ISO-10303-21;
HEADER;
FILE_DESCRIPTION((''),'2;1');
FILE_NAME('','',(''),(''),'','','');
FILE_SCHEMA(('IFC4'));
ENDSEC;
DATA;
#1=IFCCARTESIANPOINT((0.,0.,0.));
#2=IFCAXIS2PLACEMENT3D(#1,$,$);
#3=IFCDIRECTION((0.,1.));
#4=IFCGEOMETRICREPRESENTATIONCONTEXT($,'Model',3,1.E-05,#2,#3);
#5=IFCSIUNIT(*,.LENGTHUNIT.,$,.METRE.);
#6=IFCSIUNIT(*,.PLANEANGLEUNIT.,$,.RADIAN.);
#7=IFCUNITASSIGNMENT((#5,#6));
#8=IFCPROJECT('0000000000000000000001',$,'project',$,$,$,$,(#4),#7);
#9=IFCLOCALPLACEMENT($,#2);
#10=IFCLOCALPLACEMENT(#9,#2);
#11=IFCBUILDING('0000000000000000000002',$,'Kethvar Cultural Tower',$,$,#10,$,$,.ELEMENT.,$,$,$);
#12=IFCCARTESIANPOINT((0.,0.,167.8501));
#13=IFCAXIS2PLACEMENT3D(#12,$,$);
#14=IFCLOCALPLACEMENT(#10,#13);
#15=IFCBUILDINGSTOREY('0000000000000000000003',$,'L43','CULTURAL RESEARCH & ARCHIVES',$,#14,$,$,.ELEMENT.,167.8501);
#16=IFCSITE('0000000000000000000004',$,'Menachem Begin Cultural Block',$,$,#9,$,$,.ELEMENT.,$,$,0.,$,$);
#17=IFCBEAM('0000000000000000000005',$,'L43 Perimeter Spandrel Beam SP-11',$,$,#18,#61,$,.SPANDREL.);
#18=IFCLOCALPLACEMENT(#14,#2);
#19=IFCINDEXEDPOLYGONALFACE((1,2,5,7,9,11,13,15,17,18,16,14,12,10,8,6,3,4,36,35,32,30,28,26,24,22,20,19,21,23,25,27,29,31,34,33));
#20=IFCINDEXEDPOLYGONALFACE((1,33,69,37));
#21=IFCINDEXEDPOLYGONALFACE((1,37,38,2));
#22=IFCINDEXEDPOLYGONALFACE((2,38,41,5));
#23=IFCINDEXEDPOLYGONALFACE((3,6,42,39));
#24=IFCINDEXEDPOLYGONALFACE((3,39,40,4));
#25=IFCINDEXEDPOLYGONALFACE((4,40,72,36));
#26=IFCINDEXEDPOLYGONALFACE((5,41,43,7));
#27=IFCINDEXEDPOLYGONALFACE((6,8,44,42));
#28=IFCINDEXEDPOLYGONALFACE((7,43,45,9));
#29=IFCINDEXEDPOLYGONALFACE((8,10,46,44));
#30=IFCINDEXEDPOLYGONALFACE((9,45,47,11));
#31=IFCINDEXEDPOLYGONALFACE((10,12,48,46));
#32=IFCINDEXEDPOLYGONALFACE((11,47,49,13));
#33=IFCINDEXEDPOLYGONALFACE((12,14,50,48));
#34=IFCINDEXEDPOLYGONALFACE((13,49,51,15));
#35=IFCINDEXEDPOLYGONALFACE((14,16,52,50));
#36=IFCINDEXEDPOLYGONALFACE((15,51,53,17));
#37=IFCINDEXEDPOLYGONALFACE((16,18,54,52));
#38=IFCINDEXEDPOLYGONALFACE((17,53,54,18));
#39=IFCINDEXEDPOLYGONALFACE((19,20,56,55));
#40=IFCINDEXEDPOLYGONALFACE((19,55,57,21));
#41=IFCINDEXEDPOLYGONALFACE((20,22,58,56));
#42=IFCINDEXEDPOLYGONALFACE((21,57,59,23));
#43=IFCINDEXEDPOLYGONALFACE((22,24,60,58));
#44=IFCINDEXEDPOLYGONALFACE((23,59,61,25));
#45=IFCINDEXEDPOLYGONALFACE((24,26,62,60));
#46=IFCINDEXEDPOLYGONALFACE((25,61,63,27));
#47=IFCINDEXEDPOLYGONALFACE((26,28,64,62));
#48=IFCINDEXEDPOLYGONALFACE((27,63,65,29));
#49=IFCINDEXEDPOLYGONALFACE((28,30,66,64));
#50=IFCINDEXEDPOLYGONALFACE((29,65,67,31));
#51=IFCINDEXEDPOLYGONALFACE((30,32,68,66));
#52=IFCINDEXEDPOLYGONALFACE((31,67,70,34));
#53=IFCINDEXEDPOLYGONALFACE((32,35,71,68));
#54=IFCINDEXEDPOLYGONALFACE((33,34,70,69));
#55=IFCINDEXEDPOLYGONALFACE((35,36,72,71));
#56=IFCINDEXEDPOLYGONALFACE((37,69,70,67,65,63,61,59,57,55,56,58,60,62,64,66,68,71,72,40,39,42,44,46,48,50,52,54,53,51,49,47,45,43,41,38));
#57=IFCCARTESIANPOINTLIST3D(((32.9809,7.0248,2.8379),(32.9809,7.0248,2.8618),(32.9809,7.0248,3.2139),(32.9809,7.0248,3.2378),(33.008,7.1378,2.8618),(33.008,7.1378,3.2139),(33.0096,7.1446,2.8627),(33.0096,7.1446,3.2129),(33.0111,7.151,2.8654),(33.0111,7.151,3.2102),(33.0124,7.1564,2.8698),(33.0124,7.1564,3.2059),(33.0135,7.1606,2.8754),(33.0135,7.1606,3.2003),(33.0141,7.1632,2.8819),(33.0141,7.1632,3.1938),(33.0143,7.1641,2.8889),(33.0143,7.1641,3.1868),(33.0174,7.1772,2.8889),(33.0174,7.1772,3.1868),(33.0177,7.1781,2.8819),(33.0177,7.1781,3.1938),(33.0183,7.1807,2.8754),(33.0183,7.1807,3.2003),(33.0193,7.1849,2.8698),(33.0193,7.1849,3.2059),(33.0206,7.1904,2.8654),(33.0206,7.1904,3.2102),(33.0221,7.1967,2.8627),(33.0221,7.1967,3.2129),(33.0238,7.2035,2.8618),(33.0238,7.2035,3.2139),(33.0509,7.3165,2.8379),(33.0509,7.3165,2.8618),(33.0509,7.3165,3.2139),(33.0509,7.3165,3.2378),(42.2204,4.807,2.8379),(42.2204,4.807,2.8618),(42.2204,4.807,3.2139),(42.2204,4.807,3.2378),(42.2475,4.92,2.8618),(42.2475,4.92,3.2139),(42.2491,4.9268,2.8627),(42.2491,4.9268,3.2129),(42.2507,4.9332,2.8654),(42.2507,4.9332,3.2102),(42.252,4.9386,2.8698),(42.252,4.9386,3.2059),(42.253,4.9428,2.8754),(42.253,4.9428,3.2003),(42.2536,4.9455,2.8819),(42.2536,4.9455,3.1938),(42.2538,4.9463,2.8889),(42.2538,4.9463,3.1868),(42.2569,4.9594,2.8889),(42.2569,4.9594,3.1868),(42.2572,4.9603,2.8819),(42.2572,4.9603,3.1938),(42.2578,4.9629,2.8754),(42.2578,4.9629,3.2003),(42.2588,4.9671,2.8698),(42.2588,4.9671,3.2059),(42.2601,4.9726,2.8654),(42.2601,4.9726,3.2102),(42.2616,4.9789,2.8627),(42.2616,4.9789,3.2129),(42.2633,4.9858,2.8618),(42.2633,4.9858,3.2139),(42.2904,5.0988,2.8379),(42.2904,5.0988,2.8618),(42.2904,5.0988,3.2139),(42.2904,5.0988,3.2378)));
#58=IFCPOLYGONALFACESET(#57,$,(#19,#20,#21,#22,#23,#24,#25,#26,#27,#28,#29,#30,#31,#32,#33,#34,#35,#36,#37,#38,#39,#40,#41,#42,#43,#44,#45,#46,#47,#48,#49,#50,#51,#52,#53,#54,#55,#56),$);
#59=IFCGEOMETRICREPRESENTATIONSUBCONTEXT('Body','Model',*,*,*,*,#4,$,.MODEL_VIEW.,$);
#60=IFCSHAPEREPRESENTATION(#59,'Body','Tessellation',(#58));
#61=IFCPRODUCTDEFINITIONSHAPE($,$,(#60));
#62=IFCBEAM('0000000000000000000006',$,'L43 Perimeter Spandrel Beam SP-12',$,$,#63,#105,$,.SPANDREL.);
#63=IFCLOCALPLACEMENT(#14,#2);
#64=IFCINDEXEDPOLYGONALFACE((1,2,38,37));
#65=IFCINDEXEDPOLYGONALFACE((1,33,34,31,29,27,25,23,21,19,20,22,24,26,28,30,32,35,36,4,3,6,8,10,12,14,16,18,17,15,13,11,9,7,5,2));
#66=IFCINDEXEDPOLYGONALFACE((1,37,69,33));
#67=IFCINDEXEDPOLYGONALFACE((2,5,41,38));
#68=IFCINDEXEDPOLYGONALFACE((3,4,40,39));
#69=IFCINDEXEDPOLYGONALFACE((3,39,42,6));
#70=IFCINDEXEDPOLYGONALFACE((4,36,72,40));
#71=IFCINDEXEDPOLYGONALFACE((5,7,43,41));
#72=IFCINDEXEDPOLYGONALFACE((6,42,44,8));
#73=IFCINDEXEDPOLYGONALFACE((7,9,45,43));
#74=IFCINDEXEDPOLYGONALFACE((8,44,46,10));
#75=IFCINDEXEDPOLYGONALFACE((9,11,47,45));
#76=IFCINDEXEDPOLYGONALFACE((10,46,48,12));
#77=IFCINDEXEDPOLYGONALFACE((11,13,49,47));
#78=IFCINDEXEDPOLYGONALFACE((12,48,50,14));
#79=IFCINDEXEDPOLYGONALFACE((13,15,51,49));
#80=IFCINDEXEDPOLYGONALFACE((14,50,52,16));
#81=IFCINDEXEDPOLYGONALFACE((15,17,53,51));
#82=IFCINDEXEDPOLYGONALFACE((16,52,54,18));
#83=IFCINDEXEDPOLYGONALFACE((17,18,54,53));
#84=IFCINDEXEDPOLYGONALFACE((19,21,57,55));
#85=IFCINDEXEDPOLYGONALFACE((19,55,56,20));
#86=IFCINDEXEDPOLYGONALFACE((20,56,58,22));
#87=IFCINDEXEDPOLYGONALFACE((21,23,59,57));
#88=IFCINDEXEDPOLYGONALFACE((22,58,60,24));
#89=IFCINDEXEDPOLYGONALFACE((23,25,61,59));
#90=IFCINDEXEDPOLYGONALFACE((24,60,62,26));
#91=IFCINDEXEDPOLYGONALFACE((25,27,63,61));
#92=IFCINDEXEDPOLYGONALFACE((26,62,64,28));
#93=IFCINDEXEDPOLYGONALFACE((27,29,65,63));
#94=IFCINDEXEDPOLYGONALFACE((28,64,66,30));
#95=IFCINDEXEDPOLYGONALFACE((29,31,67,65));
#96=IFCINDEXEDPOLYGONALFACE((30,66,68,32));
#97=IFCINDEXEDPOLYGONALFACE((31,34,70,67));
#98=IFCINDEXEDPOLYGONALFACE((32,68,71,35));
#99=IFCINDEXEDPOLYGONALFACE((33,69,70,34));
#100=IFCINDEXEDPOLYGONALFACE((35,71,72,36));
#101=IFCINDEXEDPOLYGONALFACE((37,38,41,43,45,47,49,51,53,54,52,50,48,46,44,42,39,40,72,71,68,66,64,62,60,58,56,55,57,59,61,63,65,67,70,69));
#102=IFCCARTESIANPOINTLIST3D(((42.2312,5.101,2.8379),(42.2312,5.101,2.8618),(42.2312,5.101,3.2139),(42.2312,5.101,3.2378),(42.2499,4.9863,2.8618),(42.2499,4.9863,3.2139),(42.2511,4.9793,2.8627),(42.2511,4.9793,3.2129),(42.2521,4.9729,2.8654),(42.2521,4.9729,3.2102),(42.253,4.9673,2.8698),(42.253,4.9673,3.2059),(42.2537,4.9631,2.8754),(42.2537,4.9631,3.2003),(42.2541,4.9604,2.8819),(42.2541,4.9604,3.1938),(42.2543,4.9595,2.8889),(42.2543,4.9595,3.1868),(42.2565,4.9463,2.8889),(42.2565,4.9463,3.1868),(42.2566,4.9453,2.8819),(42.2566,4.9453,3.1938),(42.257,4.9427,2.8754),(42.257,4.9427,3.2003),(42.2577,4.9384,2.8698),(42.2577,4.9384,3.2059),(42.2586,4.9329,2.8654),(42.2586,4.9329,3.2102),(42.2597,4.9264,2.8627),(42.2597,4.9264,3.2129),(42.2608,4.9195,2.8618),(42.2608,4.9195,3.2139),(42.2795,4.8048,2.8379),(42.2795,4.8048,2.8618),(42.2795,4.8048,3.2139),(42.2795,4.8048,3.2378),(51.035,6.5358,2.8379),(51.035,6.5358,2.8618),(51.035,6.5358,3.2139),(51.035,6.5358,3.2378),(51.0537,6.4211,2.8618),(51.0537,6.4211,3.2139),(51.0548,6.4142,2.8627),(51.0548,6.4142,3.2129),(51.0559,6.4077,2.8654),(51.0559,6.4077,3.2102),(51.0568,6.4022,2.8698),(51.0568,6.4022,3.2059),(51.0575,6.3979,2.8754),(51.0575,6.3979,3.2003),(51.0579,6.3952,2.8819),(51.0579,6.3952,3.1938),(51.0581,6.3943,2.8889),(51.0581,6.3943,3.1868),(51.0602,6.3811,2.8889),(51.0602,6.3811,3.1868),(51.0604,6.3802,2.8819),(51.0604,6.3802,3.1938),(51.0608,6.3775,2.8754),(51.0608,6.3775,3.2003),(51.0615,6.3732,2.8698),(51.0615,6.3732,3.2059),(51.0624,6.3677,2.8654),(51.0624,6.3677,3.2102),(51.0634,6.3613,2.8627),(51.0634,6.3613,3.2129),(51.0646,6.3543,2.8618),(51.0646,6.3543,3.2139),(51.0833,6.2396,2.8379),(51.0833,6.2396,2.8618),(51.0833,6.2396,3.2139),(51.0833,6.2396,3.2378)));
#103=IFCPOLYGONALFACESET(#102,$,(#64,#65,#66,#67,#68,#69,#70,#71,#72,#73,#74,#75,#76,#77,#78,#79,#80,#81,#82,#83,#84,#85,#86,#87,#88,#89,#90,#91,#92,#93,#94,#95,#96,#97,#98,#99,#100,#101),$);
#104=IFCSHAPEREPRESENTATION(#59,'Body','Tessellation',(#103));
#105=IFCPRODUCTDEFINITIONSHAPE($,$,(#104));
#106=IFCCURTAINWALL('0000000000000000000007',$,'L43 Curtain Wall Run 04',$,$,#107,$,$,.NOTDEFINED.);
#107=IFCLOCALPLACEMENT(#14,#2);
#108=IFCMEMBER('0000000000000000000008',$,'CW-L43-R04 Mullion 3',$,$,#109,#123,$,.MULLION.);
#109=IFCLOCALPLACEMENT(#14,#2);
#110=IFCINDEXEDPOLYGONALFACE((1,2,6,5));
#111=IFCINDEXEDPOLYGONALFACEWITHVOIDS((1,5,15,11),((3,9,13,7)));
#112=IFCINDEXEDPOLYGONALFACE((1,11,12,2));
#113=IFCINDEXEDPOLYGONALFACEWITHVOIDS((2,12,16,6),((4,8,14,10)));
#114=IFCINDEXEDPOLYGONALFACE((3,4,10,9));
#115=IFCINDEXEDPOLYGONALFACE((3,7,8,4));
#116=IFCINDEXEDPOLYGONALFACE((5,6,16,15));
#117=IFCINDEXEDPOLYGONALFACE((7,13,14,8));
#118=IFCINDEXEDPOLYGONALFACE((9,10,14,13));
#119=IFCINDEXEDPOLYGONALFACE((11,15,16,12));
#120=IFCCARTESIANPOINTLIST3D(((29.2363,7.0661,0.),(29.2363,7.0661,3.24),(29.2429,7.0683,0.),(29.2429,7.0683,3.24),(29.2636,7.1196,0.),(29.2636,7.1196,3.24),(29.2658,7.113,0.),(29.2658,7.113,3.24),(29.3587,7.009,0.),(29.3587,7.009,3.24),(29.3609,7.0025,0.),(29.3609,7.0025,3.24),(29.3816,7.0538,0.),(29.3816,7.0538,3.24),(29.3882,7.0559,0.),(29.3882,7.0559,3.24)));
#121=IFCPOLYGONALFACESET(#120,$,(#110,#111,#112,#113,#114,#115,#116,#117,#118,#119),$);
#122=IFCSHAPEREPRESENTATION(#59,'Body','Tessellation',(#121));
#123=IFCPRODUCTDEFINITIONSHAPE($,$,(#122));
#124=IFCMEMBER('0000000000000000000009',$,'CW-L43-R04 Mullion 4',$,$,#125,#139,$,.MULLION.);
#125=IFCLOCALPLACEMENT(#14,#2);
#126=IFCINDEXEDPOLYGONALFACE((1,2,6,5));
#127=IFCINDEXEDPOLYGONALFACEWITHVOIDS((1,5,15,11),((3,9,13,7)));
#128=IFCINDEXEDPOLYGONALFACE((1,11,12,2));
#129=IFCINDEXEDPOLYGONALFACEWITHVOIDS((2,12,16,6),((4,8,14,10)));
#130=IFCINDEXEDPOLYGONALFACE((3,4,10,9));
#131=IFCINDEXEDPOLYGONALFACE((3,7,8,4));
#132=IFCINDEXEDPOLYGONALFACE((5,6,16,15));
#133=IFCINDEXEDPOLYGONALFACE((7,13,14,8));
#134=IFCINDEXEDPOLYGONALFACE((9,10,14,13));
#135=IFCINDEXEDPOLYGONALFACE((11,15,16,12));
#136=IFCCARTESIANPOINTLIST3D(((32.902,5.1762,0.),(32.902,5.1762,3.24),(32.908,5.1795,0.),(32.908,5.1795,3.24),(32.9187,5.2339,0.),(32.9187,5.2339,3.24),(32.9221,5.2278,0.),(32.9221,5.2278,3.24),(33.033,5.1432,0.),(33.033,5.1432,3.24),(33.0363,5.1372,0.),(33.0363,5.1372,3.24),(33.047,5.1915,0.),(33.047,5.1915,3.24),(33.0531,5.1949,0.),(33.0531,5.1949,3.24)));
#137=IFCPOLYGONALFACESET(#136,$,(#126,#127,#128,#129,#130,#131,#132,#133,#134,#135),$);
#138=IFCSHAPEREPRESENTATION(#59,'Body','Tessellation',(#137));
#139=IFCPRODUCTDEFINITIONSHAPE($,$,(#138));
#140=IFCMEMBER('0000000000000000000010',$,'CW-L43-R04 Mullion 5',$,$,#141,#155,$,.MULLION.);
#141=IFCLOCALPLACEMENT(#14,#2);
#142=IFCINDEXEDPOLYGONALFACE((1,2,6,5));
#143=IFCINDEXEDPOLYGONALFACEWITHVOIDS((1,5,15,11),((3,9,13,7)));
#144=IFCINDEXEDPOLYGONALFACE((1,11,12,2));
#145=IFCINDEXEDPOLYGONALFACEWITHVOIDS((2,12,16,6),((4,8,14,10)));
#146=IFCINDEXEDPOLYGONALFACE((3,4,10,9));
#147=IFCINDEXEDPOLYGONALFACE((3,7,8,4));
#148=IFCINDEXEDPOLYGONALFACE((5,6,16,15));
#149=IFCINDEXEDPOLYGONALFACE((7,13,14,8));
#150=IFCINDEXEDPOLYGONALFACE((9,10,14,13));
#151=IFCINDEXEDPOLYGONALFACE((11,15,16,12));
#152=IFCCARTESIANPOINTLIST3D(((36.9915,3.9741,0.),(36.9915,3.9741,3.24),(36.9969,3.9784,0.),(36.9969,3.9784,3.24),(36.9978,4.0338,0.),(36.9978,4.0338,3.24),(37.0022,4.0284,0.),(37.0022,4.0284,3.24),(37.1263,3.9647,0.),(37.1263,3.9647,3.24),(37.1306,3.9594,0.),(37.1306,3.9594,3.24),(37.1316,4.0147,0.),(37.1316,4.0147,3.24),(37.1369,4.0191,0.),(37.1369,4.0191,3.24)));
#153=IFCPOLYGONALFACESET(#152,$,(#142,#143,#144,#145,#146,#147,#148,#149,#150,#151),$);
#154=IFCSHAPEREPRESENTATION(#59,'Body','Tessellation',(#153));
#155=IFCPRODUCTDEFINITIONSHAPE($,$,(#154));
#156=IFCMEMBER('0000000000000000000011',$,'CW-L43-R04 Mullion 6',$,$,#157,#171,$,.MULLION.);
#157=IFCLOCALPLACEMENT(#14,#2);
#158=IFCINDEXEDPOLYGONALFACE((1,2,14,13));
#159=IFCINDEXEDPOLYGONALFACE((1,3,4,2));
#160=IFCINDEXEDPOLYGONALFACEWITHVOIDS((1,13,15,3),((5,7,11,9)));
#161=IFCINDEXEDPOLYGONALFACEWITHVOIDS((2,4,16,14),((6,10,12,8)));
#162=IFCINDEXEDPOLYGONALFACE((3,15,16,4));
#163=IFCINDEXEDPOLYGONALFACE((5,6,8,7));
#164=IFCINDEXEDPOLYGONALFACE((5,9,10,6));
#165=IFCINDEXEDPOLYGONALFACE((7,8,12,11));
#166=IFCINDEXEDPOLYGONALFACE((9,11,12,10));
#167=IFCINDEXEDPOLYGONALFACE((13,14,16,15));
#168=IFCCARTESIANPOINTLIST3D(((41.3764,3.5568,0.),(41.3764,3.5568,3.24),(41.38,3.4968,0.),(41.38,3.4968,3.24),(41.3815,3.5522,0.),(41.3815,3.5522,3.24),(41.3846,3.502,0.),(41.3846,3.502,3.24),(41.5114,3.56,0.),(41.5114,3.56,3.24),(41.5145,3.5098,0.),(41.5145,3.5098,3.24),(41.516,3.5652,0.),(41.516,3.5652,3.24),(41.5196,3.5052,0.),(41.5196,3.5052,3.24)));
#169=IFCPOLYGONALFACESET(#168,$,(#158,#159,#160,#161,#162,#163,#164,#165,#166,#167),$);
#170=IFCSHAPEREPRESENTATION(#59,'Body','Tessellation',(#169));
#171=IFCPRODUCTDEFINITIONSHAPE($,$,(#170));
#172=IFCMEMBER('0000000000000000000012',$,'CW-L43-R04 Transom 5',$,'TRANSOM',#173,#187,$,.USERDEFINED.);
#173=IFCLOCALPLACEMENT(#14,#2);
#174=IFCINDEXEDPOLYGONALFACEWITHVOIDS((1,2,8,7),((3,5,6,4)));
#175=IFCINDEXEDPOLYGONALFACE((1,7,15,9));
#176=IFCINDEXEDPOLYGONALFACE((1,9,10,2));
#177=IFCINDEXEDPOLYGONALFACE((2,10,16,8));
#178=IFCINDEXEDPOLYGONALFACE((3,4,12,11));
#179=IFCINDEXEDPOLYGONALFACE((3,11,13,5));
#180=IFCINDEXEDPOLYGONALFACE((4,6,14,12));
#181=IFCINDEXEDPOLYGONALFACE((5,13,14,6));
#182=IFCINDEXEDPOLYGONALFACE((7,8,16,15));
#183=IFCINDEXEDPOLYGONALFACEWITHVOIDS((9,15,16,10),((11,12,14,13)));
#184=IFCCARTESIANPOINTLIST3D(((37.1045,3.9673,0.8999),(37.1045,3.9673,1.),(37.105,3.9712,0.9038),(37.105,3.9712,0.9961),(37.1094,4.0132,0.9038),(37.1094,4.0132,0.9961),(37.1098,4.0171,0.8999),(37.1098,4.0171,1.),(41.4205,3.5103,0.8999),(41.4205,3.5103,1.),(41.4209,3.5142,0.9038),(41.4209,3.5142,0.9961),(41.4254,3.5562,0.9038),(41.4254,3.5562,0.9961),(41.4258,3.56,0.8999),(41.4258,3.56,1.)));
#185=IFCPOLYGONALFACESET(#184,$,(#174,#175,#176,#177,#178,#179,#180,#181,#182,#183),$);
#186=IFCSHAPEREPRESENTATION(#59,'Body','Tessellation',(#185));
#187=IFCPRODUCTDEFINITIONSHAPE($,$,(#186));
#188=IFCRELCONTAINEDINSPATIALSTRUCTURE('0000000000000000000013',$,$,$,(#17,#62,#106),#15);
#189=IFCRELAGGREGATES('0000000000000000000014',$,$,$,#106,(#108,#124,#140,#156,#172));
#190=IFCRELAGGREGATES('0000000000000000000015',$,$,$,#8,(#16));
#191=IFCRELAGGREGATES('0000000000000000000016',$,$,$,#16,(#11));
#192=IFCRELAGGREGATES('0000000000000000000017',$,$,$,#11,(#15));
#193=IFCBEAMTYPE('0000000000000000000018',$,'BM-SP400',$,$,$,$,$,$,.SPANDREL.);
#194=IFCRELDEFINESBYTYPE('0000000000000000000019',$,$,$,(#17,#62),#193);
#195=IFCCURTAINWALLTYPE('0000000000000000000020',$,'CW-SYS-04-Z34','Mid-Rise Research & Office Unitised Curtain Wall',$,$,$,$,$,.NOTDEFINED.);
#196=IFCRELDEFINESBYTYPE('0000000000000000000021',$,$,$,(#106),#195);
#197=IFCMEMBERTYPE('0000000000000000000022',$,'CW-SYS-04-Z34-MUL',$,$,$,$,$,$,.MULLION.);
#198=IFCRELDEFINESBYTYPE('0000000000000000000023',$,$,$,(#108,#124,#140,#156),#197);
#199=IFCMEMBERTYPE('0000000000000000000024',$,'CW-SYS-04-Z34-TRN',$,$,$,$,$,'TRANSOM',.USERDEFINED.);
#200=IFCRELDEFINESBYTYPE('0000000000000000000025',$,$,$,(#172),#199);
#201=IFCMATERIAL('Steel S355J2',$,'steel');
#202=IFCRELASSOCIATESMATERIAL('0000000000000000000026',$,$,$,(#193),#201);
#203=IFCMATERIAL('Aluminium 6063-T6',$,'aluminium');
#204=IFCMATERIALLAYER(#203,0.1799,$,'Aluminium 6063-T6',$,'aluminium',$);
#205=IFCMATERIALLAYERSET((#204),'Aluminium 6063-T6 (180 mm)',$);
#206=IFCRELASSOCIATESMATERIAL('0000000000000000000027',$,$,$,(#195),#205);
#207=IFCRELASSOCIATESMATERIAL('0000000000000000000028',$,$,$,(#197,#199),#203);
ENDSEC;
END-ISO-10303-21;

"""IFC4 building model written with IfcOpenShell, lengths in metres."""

from ifc_helpers import new_model, si_unit, direction, frame, origin, origin_2d, place, context, subcontext, project, spatial, hollow_rectangle, i_section, extrude, source, transform, mapped, material, layer, layer_set, material_profile, profile_set, type_object, element, aggregate, save


model = new_model("IFC4")

# Units and contexts
model_context = context("Model", 3, precision=1e-05, world=origin(), true_north=direction((0.0, 1.0)))
body_context = subcontext(model_context, "Body", "Model", "MODEL_VIEW")
ifc_project = project(units=[si_unit("LENGTHUNIT", "METRE"), si_unit("PLANEANGLEUNIT", "RADIAN")], contexts=[model_context])

# Site, building, storey
site_placement = place(None, origin())
site = spatial("IfcSite", under=ifc_project, at=site_placement, Name="Menachem Begin Cultural Block", CompositionType="ELEMENT", RefElevation=0.0)
building_placement = place(site_placement, origin())
building = spatial("IfcBuilding", under=site, at=building_placement, Name="Kethvar Cultural Tower", CompositionType="ELEMENT")
storey_placement = place(building_placement, frame((0.0, 0.0, 167.8501)))
storey = spatial("IfcBuildingStorey", under=building, at=storey_placement, Name="L43", Description="CULTURAL RESEARCH & ARCHIVES", CompositionType="ELEMENT", Elevation=167.8501)

# Beams
ifc_material_1 = material(Name="Steel S355J2", Category="steel")
ifc_material_profile_1 = material_profile(ifc_material_1, i_section(OverallWidth=0.3, OverallDepth=0.3999, WebThickness=0.0134, FlangeThickness=0.0239, FilletRadius=0.0271, at=origin_2d()), Name="Steel S355J2 — HEB400")
ifc_profile_set_1 = profile_set([ifc_material_profile_1], Name="Steel S355J2 — HEB400")
beam_type_1 = type_object("IfcBeamType", Name="BM-SP400", PredefinedType="SPANDREL", material=ifc_profile_set_1)
shared_shape_1 = source(origin(), body_context, "Body", "SweptSolid", [
    extrude(i_section(OverallWidth=0.3, OverallDepth=0.3999, WebThickness=0.0134, FlangeThickness=0.0239, FilletRadius=0.0271, at=origin_2d()), origin(), (0.0, 0.0, 1.0), 9.502),
])
beam_1_placement = place(storey_placement, frame((33.0159, 7.1707, 3.0378), z_axis=(0.97238, -0.233402, 0.0), x_axis=(0.233402, 0.97238, 0.0)))
element("IfcBeam", 1, at=beam_1_placement, inside=storey, type_object=beam_type_1, Name="L43 Perimeter Spandrel Beam SP-11", PredefinedType="SPANDREL", context=body_context, shape_type="MappedRepresentation", body=[
    mapped(shared_shape_1, transform((0.0, 0.0, 0.0), scale=1.0)),
])
shared_shape_2 = source(origin(), body_context, "Body", "SweptSolid", [
    extrude(i_section(OverallWidth=0.3, OverallDepth=0.3999, WebThickness=0.0134, FlangeThickness=0.0239, FilletRadius=0.0271, at=origin_2d()), origin(), (0.0, 0.0, 1.0), 8.9199),
])
beam_2_placement = place(storey_placement, frame((42.2554, 4.9529, 3.0378), z_axis=(0.986978, 0.160856, 0.0), x_axis=(-0.160856, 0.986978, 0.0)))
element("IfcBeam", 2, at=beam_2_placement, inside=storey, type_object=beam_type_1, Name="L43 Perimeter Spandrel Beam SP-12", PredefinedType="SPANDREL", context=body_context, shape_type="MappedRepresentation", body=[
    mapped(shared_shape_2, transform((0.0, 0.0, 0.0), scale=1.0)),
])

# Curtain wall, members
ifc_material_2 = material(Name="Aluminium 6063-T6", Category="aluminium")
ifc_layer_1 = layer(ifc_material_2, 0.1799, Name="Aluminium 6063-T6", Category="aluminium")
ifc_layer_set_1 = layer_set([ifc_layer_1], Name="Aluminium 6063-T6 (180 mm)")
curtain_wall_type = type_object("IfcCurtainWallType", Name="CW-SYS-04-Z34", Description="Mid-Rise Research & Office Unitised Curtain Wall", PredefinedType="NOTDEFINED", material=ifc_layer_set_1)
curtain_wall_placement = place(storey_placement, origin())
curtain_wall = element("IfcCurtainWall", 3, at=curtain_wall_placement, inside=storey, type_object=curtain_wall_type, Name="L43 Curtain Wall Run 04", PredefinedType="NOTDEFINED")
ifc_material_profile_2 = material_profile(ifc_material_2, hollow_rectangle(XDim=0.0601, YDim=0.1399, WallThickness=0.0049, at=origin_2d()), Name="Aluminium 6063-T6 — RHS140x60x5")
ifc_profile_set_2 = profile_set([ifc_material_profile_2], Name="Aluminium 6063-T6 — RHS140x60x5")
member_type_1 = type_object("IfcMemberType", Name="CW-SYS-04-Z34-MUL", PredefinedType="MULLION", material=ifc_profile_set_2)
shared_shape_3 = source(origin(), body_context, "Body", "SweptSolid", [
    extrude(hollow_rectangle(XDim=0.0601, YDim=0.1399, WallThickness=0.0049, at=origin_2d()), origin(), (0.0, 0.0, 1.0), 3.24),
])
member_1_placement = place(storey_placement, frame((29.3123, 7.061, 0.0), z_axis=(0.0, 0.0, 1.0), x_axis=(0.455048, 0.890467, 0.0)))
member_1 = element("IfcMember", 4, at=member_1_placement, type_object=member_type_1, Name="CW-L43-R04 Mullion 3", PredefinedType="MULLION", context=body_context, shape_type="MappedRepresentation", body=[
    mapped(shared_shape_3, transform((0.0, 0.0, 0.0), scale=1.0)),
])
member_2_placement = place(storey_placement, frame((32.9775, 5.1855, 0.0), z_axis=(0.0, 0.0, 1.0), x_axis=(0.278974, 0.960299, 0.0)))
member_2 = element("IfcMember", 5, at=member_2_placement, type_object=member_type_1, Name="CW-L43-R04 Mullion 4", PredefinedType="MULLION", context=body_context, shape_type="MappedRepresentation", body=[
    mapped(shared_shape_3, transform((0.0, 0.0, 0.0), scale=1.0)),
])
member_3_placement = place(storey_placement, frame((37.0642, 3.9966, 0.0), z_axis=(0.0, 0.0, 1.0), x_axis=(0.105292, 0.994441, 0.0)))
member_3 = element("IfcMember", 6, at=member_3_placement, type_object=member_type_1, Name="CW-L43-R04 Mullion 5", PredefinedType="MULLION", context=body_context, shape_type="MappedRepresentation", body=[
    mapped(shared_shape_3, transform((0.0, 0.0, 0.0), scale=1.0)),
])
member_4_placement = place(storey_placement, frame((41.448, 3.531, 0.0), z_axis=(0.0, 0.0, 1.0), x_axis=(-0.060073, 0.998194, 0.0)))
member_4 = element("IfcMember", 7, at=member_4_placement, type_object=member_type_1, Name="CW-L43-R04 Mullion 6", PredefinedType="MULLION", context=body_context, shape_type="MappedRepresentation", body=[
    mapped(shared_shape_3, transform((0.0, 0.0, 0.0), scale=1.0)),
])
ifc_material_profile_3 = material_profile(ifc_material_2, hollow_rectangle(XDim=0.05, YDim=0.1001, WallThickness=0.0039, at=origin_2d()), Name="Aluminium 6063-T6 — RHS100x50x4")
ifc_profile_set_3 = profile_set([ifc_material_profile_3], Name="Aluminium 6063-T6 — RHS100x50x4")
member_type_2 = type_object("IfcMemberType", Name="CW-SYS-04-Z34-TRN", ElementType="TRANSOM", PredefinedType="USERDEFINED", material=ifc_profile_set_3)
shared_shape_4 = source(origin(), body_context, "Body", "SweptSolid", [
    extrude(hollow_rectangle(XDim=0.05, YDim=0.1001, WallThickness=0.0039, at=origin_2d()), origin(), (0.0, 0.0, 1.0), 4.3401),
])
member_5_placement = place(storey_placement, frame((37.1072, 3.9922, 0.95), z_axis=(0.99444, -0.105306, 0.0), x_axis=(0.105306, 0.99444, 0.0)))
member_5 = element("IfcMember", 8, at=member_5_placement, type_object=member_type_2, Name="CW-L43-R04 Transom 5", ObjectType="TRANSOM", PredefinedType="USERDEFINED", context=body_context, shape_type="MappedRepresentation", body=[
    mapped(shared_shape_4, transform((0.0, 0.0, 0.0), scale=1.0)),
])
aggregate(curtain_wall, [member_1, member_2, member_3, member_4, member_5])

save(model, "model.ifc")
